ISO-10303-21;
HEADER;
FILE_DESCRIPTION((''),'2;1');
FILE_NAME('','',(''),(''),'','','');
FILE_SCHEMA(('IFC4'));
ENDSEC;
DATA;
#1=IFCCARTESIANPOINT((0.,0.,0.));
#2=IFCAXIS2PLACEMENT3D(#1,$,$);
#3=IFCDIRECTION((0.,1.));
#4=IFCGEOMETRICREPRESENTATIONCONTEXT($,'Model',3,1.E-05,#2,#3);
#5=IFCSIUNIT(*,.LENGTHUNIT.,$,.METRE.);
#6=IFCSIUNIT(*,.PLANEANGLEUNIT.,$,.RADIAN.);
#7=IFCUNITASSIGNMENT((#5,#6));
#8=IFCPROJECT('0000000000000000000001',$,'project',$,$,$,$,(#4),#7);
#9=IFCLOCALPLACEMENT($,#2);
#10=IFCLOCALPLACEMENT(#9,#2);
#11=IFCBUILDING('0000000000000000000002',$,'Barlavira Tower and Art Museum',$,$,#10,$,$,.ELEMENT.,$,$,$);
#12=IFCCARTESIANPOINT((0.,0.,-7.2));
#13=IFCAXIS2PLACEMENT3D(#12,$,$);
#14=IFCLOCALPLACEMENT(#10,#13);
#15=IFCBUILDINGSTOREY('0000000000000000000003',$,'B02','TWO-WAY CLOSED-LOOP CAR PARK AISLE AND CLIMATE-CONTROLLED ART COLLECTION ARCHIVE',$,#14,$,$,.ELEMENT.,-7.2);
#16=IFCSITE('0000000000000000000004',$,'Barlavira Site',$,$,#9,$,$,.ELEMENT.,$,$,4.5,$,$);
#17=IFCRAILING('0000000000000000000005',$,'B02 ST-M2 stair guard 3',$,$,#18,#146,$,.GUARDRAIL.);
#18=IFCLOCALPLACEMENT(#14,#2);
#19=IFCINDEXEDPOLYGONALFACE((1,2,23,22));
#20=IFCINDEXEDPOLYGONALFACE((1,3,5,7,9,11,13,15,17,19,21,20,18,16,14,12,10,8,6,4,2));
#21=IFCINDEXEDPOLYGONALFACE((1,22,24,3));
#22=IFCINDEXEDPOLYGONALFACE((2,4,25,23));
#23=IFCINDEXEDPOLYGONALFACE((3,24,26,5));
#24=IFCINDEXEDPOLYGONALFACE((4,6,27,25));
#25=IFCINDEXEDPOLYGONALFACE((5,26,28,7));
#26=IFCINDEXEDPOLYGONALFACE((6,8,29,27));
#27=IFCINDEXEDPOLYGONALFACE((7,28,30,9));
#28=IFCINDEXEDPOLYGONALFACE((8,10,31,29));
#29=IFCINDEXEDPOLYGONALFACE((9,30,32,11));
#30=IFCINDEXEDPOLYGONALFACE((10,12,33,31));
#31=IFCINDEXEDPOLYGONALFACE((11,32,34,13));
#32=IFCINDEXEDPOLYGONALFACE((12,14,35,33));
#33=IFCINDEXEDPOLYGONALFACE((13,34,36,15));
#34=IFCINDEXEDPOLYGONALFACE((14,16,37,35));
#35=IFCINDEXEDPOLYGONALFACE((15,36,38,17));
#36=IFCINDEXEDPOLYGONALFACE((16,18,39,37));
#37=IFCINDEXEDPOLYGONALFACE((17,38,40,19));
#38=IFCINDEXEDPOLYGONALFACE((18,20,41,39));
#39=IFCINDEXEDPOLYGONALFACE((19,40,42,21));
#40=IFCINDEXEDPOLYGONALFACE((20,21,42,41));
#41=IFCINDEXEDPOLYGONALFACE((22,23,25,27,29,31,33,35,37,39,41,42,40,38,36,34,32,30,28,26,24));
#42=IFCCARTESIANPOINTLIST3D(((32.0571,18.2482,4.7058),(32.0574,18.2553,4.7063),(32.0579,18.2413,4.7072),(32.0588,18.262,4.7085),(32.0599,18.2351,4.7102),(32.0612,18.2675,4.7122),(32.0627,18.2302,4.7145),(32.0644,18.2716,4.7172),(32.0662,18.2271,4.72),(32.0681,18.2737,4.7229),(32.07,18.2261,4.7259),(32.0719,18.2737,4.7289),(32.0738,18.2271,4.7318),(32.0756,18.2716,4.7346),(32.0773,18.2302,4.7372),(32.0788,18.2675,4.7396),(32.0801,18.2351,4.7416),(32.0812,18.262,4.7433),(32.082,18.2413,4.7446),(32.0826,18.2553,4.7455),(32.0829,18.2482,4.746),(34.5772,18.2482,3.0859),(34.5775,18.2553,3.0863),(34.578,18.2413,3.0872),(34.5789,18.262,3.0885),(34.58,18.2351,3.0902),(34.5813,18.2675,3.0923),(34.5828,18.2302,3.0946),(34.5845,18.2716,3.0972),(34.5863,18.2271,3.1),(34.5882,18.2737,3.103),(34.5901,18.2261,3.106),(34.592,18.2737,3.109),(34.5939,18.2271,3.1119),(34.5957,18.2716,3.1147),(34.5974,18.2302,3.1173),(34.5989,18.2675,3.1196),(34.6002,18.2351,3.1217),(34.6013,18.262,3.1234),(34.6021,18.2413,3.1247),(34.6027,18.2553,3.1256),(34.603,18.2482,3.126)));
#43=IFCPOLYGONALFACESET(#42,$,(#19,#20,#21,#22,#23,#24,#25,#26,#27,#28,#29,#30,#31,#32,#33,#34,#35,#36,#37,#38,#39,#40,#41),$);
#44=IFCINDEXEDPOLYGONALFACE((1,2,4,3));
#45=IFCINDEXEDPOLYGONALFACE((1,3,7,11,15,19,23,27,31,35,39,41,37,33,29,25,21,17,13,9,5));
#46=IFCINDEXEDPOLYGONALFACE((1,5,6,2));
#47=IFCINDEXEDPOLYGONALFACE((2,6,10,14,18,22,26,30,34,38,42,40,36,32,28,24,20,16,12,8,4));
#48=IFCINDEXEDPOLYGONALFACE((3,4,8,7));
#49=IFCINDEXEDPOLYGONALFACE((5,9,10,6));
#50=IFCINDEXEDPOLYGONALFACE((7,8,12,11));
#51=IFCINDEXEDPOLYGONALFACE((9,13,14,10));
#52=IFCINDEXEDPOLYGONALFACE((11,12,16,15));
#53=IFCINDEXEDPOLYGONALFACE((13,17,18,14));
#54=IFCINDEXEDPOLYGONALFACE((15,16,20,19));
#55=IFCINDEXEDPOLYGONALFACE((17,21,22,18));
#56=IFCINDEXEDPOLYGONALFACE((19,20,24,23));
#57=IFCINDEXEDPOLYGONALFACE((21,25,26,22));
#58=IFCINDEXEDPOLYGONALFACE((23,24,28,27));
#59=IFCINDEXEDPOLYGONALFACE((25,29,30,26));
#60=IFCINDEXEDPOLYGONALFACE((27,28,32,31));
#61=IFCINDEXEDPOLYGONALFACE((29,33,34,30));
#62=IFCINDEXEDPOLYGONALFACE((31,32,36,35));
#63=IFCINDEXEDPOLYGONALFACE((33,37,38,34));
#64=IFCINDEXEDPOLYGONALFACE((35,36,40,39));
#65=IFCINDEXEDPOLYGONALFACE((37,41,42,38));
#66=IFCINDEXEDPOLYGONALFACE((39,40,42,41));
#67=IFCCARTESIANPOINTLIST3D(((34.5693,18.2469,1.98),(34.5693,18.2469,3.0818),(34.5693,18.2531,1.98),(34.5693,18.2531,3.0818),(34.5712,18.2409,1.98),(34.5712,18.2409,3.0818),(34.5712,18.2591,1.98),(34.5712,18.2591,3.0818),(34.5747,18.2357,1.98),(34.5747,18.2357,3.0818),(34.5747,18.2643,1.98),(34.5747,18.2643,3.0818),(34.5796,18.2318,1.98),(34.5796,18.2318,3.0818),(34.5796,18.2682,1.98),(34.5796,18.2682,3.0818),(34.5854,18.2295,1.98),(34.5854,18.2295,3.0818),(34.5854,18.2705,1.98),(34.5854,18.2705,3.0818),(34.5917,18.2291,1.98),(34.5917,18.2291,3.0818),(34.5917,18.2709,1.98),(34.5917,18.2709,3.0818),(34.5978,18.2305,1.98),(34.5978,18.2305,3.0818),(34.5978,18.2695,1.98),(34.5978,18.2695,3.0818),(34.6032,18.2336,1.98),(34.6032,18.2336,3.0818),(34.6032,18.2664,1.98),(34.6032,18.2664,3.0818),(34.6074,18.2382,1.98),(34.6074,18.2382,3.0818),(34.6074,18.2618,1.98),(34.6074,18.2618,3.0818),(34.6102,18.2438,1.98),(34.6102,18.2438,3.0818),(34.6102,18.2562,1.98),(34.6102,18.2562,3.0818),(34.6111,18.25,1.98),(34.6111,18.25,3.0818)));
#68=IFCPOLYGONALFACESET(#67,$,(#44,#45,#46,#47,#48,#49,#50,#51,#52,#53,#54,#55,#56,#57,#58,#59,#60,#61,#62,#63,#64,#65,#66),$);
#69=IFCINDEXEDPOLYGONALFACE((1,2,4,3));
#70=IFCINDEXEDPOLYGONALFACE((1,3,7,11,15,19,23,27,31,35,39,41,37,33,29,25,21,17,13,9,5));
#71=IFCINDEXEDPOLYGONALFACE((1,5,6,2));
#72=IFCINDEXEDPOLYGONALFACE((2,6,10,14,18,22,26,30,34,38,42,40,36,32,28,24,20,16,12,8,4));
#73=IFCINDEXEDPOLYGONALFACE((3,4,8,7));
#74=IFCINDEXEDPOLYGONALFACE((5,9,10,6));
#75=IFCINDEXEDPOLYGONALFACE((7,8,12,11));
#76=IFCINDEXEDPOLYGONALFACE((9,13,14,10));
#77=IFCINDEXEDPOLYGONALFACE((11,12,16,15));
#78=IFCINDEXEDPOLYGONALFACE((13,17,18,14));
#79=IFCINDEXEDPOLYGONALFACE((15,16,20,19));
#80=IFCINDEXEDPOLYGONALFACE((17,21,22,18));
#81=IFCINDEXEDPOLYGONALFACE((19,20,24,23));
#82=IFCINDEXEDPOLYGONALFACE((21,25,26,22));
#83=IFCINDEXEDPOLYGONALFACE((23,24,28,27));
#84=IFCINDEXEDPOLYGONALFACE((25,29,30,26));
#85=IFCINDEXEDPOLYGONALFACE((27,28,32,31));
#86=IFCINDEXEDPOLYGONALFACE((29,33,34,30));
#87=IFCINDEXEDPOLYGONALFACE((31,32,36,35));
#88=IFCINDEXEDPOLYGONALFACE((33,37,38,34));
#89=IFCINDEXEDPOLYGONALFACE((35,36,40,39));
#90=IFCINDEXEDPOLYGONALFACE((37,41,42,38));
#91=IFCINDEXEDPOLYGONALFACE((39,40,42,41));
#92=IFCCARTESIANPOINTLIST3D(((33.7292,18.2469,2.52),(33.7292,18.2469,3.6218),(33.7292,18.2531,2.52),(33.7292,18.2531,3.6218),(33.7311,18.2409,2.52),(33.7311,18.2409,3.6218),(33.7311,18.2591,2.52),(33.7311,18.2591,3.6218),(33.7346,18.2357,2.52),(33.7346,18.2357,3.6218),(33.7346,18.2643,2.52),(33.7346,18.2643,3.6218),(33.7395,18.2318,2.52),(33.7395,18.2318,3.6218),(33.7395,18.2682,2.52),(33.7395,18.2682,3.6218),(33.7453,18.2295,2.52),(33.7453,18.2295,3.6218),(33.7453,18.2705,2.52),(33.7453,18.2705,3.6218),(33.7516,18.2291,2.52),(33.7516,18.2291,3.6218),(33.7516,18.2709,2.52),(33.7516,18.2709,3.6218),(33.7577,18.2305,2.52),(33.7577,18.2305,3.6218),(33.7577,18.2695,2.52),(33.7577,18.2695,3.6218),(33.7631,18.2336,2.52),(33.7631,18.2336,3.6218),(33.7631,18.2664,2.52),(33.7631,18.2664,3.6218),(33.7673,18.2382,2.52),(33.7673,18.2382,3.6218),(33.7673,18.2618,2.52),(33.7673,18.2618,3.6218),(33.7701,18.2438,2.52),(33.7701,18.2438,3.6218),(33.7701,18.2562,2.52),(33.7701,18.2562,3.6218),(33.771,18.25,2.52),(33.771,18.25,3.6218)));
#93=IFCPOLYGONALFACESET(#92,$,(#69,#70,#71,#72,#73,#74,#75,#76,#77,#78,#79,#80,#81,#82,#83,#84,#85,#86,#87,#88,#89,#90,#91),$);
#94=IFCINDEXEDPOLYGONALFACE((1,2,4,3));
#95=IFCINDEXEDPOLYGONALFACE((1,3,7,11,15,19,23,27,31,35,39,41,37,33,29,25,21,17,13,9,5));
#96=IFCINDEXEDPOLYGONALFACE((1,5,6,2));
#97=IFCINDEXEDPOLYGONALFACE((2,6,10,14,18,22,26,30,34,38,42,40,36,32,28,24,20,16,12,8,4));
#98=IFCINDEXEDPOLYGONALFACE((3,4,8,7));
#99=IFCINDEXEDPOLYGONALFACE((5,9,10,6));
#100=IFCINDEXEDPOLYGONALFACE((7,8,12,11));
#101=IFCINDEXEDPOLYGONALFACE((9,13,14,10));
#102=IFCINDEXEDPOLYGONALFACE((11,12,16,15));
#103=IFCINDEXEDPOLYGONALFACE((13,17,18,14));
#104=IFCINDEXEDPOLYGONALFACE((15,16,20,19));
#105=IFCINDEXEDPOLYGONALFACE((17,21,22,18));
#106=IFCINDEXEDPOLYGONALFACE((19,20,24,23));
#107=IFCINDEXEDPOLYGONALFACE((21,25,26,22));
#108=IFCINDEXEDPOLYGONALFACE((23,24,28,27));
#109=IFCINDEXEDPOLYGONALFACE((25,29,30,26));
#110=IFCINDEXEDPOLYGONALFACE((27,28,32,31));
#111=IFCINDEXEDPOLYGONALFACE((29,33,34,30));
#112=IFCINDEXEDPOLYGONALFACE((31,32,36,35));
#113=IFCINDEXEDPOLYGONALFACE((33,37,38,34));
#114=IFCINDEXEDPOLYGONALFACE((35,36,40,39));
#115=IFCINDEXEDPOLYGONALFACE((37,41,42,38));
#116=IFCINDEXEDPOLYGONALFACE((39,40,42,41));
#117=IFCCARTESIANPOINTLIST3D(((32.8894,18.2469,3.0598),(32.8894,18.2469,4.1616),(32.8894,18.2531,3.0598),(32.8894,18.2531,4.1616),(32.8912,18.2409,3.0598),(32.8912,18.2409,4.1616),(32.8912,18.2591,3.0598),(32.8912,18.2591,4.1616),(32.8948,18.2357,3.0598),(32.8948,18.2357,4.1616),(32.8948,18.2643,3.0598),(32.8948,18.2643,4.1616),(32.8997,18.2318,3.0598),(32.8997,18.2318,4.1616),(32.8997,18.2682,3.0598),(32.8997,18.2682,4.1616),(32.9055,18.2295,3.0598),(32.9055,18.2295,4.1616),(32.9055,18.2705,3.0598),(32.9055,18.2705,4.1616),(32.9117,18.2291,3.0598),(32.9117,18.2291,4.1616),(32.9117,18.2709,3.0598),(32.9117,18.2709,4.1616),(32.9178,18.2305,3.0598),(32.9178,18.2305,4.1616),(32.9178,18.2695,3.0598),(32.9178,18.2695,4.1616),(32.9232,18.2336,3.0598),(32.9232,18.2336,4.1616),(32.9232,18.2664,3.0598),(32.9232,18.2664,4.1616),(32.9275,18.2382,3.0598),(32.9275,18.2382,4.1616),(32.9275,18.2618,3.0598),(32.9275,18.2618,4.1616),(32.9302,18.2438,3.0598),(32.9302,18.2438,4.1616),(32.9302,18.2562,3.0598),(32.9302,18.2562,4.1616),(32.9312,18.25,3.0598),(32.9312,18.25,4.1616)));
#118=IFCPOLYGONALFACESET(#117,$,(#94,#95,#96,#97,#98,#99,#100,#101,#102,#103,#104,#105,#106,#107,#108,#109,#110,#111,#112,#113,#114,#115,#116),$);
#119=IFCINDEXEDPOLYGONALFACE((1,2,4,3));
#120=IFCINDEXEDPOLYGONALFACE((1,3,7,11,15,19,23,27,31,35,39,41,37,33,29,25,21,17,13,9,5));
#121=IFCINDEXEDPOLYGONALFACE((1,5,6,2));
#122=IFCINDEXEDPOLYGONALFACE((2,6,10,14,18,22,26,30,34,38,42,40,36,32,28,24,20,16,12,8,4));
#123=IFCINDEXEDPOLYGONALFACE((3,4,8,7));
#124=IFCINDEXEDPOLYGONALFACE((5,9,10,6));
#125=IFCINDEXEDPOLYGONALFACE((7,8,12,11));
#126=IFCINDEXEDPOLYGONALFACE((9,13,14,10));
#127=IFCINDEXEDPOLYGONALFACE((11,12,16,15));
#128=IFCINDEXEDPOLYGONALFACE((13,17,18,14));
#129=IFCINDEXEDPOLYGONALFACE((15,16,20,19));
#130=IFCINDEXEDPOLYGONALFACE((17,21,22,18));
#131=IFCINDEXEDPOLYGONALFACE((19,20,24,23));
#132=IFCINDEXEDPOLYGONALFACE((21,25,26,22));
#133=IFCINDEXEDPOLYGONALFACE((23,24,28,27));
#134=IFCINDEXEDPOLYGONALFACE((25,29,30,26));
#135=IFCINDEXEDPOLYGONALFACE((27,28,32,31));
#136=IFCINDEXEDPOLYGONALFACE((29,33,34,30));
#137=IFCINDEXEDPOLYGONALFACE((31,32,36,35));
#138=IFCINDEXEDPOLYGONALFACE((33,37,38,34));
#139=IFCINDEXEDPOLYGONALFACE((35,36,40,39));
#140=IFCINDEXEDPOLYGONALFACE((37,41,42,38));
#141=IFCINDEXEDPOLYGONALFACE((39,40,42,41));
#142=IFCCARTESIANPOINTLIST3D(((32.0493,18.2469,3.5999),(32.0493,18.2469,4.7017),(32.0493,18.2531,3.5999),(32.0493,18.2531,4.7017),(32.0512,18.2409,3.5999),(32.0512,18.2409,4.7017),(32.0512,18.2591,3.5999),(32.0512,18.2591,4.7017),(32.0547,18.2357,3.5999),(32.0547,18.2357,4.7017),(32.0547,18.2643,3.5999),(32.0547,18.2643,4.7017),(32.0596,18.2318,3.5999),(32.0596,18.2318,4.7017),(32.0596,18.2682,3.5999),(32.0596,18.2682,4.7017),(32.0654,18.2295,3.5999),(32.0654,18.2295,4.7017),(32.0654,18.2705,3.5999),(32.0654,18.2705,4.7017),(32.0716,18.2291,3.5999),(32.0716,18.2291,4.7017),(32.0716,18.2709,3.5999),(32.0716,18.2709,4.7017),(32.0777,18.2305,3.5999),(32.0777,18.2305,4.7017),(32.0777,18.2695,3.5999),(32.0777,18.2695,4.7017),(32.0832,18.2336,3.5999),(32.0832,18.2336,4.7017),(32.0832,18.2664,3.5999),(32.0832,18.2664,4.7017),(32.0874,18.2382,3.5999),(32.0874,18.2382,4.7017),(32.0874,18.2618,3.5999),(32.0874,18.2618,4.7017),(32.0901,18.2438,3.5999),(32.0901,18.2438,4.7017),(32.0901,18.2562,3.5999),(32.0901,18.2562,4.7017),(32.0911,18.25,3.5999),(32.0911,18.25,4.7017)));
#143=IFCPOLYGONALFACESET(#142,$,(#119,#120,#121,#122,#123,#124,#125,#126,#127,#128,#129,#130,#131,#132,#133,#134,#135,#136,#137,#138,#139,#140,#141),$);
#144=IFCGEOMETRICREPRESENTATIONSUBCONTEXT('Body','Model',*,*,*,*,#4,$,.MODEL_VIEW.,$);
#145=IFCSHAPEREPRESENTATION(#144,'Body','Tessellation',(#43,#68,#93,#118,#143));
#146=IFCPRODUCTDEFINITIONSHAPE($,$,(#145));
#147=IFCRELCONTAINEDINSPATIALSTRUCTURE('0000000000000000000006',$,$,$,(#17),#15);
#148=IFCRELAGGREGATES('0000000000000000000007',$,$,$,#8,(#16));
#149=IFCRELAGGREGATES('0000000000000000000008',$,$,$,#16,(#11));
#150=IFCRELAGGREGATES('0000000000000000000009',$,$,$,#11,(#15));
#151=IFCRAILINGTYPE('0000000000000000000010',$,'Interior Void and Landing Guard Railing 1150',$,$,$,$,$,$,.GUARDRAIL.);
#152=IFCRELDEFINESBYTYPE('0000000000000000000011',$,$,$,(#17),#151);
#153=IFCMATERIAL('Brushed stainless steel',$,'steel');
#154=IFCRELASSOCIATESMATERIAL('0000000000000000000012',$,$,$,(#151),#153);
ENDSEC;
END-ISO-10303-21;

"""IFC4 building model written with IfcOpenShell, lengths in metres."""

from ifc_helpers import new_model, si_unit, direction, frame, origin, origin_2d, place, context, subcontext, project, spatial, circle, extrude, material, type_object, element, save


model = new_model("IFC4")

# Units and contexts
model_context = context("Model", 3, precision=1e-05, world=origin(), true_north=direction((0.0, 1.0)))
body_context = subcontext(model_context, "Body", "Model", "MODEL_VIEW")
ifc_project = project(units=[si_unit("LENGTHUNIT", "METRE"), si_unit("PLANEANGLEUNIT", "RADIAN")], contexts=[model_context])

# Site, building, storey
site_placement = place(None, origin())
site = spatial("IfcSite", under=ifc_project, at=site_placement, Name="Barlavira Site", CompositionType="ELEMENT", RefElevation=4.5)
building_placement = place(site_placement, origin())
building = spatial("IfcBuilding", under=site, at=building_placement, Name="Barlavira Tower and Art Museum", CompositionType="ELEMENT")
storey_placement = place(building_placement, frame((0.0, 0.0, -7.2)))
storey = spatial("IfcBuildingStorey", under=building, at=storey_placement, Name="B02", Description="TWO-WAY CLOSED-LOOP CAR PARK AISLE AND CLIMATE-CONTROLLED ART COLLECTION ARCHIVE", CompositionType="ELEMENT", Elevation=-7.2)

# Shared definitions
ifc_material_1 = material(Name="Brushed stainless steel", Category="steel")

# Railing
railing_type_1 = type_object("IfcRailingType", Name="Interior Void and Landing Guard Railing 1150", PredefinedType="GUARDRAIL", material=ifc_material_1)
railing_1_placement = place(storey_placement, frame((34.5901, 18.25, 1.98)))
element("IfcRailing", 1, at=railing_1_placement, inside=storey, type_object=railing_type_1, Name="B02 ST-M2 stair guard 3", PredefinedType="GUARDRAIL", context=body_context, shape_type="SweptSolid", body=[
    extrude(circle(Radius=0.0239, at=origin_2d()), frame((0.0, 0.0, 1.126), z_axis=(-0.8412, 0.0, 0.540725), x_axis=(0.0, -1.0, 0.0)), (0.0, 0.0, 1.0), 2.9958),
    extrude(circle(Radius=0.021, at=origin_2d()), origin(), (0.0, 0.0, 1.0), 1.1018),
    extrude(circle(Radius=0.021, at=origin_2d()), frame((-0.8401, 0.0, 0.54)), (0.0, 0.0, 1.0), 1.1018),
    extrude(circle(Radius=0.021, at=origin_2d()), frame((-1.6799, 0.0, 1.0798)), (0.0, 0.0, 1.0), 1.1018),
    extrude(circle(Radius=0.021, at=origin_2d()), frame((-2.52, 0.0, 1.6199)), (0.0, 0.0, 1.0), 1.1018),
])

save(model, "model.ifc")
